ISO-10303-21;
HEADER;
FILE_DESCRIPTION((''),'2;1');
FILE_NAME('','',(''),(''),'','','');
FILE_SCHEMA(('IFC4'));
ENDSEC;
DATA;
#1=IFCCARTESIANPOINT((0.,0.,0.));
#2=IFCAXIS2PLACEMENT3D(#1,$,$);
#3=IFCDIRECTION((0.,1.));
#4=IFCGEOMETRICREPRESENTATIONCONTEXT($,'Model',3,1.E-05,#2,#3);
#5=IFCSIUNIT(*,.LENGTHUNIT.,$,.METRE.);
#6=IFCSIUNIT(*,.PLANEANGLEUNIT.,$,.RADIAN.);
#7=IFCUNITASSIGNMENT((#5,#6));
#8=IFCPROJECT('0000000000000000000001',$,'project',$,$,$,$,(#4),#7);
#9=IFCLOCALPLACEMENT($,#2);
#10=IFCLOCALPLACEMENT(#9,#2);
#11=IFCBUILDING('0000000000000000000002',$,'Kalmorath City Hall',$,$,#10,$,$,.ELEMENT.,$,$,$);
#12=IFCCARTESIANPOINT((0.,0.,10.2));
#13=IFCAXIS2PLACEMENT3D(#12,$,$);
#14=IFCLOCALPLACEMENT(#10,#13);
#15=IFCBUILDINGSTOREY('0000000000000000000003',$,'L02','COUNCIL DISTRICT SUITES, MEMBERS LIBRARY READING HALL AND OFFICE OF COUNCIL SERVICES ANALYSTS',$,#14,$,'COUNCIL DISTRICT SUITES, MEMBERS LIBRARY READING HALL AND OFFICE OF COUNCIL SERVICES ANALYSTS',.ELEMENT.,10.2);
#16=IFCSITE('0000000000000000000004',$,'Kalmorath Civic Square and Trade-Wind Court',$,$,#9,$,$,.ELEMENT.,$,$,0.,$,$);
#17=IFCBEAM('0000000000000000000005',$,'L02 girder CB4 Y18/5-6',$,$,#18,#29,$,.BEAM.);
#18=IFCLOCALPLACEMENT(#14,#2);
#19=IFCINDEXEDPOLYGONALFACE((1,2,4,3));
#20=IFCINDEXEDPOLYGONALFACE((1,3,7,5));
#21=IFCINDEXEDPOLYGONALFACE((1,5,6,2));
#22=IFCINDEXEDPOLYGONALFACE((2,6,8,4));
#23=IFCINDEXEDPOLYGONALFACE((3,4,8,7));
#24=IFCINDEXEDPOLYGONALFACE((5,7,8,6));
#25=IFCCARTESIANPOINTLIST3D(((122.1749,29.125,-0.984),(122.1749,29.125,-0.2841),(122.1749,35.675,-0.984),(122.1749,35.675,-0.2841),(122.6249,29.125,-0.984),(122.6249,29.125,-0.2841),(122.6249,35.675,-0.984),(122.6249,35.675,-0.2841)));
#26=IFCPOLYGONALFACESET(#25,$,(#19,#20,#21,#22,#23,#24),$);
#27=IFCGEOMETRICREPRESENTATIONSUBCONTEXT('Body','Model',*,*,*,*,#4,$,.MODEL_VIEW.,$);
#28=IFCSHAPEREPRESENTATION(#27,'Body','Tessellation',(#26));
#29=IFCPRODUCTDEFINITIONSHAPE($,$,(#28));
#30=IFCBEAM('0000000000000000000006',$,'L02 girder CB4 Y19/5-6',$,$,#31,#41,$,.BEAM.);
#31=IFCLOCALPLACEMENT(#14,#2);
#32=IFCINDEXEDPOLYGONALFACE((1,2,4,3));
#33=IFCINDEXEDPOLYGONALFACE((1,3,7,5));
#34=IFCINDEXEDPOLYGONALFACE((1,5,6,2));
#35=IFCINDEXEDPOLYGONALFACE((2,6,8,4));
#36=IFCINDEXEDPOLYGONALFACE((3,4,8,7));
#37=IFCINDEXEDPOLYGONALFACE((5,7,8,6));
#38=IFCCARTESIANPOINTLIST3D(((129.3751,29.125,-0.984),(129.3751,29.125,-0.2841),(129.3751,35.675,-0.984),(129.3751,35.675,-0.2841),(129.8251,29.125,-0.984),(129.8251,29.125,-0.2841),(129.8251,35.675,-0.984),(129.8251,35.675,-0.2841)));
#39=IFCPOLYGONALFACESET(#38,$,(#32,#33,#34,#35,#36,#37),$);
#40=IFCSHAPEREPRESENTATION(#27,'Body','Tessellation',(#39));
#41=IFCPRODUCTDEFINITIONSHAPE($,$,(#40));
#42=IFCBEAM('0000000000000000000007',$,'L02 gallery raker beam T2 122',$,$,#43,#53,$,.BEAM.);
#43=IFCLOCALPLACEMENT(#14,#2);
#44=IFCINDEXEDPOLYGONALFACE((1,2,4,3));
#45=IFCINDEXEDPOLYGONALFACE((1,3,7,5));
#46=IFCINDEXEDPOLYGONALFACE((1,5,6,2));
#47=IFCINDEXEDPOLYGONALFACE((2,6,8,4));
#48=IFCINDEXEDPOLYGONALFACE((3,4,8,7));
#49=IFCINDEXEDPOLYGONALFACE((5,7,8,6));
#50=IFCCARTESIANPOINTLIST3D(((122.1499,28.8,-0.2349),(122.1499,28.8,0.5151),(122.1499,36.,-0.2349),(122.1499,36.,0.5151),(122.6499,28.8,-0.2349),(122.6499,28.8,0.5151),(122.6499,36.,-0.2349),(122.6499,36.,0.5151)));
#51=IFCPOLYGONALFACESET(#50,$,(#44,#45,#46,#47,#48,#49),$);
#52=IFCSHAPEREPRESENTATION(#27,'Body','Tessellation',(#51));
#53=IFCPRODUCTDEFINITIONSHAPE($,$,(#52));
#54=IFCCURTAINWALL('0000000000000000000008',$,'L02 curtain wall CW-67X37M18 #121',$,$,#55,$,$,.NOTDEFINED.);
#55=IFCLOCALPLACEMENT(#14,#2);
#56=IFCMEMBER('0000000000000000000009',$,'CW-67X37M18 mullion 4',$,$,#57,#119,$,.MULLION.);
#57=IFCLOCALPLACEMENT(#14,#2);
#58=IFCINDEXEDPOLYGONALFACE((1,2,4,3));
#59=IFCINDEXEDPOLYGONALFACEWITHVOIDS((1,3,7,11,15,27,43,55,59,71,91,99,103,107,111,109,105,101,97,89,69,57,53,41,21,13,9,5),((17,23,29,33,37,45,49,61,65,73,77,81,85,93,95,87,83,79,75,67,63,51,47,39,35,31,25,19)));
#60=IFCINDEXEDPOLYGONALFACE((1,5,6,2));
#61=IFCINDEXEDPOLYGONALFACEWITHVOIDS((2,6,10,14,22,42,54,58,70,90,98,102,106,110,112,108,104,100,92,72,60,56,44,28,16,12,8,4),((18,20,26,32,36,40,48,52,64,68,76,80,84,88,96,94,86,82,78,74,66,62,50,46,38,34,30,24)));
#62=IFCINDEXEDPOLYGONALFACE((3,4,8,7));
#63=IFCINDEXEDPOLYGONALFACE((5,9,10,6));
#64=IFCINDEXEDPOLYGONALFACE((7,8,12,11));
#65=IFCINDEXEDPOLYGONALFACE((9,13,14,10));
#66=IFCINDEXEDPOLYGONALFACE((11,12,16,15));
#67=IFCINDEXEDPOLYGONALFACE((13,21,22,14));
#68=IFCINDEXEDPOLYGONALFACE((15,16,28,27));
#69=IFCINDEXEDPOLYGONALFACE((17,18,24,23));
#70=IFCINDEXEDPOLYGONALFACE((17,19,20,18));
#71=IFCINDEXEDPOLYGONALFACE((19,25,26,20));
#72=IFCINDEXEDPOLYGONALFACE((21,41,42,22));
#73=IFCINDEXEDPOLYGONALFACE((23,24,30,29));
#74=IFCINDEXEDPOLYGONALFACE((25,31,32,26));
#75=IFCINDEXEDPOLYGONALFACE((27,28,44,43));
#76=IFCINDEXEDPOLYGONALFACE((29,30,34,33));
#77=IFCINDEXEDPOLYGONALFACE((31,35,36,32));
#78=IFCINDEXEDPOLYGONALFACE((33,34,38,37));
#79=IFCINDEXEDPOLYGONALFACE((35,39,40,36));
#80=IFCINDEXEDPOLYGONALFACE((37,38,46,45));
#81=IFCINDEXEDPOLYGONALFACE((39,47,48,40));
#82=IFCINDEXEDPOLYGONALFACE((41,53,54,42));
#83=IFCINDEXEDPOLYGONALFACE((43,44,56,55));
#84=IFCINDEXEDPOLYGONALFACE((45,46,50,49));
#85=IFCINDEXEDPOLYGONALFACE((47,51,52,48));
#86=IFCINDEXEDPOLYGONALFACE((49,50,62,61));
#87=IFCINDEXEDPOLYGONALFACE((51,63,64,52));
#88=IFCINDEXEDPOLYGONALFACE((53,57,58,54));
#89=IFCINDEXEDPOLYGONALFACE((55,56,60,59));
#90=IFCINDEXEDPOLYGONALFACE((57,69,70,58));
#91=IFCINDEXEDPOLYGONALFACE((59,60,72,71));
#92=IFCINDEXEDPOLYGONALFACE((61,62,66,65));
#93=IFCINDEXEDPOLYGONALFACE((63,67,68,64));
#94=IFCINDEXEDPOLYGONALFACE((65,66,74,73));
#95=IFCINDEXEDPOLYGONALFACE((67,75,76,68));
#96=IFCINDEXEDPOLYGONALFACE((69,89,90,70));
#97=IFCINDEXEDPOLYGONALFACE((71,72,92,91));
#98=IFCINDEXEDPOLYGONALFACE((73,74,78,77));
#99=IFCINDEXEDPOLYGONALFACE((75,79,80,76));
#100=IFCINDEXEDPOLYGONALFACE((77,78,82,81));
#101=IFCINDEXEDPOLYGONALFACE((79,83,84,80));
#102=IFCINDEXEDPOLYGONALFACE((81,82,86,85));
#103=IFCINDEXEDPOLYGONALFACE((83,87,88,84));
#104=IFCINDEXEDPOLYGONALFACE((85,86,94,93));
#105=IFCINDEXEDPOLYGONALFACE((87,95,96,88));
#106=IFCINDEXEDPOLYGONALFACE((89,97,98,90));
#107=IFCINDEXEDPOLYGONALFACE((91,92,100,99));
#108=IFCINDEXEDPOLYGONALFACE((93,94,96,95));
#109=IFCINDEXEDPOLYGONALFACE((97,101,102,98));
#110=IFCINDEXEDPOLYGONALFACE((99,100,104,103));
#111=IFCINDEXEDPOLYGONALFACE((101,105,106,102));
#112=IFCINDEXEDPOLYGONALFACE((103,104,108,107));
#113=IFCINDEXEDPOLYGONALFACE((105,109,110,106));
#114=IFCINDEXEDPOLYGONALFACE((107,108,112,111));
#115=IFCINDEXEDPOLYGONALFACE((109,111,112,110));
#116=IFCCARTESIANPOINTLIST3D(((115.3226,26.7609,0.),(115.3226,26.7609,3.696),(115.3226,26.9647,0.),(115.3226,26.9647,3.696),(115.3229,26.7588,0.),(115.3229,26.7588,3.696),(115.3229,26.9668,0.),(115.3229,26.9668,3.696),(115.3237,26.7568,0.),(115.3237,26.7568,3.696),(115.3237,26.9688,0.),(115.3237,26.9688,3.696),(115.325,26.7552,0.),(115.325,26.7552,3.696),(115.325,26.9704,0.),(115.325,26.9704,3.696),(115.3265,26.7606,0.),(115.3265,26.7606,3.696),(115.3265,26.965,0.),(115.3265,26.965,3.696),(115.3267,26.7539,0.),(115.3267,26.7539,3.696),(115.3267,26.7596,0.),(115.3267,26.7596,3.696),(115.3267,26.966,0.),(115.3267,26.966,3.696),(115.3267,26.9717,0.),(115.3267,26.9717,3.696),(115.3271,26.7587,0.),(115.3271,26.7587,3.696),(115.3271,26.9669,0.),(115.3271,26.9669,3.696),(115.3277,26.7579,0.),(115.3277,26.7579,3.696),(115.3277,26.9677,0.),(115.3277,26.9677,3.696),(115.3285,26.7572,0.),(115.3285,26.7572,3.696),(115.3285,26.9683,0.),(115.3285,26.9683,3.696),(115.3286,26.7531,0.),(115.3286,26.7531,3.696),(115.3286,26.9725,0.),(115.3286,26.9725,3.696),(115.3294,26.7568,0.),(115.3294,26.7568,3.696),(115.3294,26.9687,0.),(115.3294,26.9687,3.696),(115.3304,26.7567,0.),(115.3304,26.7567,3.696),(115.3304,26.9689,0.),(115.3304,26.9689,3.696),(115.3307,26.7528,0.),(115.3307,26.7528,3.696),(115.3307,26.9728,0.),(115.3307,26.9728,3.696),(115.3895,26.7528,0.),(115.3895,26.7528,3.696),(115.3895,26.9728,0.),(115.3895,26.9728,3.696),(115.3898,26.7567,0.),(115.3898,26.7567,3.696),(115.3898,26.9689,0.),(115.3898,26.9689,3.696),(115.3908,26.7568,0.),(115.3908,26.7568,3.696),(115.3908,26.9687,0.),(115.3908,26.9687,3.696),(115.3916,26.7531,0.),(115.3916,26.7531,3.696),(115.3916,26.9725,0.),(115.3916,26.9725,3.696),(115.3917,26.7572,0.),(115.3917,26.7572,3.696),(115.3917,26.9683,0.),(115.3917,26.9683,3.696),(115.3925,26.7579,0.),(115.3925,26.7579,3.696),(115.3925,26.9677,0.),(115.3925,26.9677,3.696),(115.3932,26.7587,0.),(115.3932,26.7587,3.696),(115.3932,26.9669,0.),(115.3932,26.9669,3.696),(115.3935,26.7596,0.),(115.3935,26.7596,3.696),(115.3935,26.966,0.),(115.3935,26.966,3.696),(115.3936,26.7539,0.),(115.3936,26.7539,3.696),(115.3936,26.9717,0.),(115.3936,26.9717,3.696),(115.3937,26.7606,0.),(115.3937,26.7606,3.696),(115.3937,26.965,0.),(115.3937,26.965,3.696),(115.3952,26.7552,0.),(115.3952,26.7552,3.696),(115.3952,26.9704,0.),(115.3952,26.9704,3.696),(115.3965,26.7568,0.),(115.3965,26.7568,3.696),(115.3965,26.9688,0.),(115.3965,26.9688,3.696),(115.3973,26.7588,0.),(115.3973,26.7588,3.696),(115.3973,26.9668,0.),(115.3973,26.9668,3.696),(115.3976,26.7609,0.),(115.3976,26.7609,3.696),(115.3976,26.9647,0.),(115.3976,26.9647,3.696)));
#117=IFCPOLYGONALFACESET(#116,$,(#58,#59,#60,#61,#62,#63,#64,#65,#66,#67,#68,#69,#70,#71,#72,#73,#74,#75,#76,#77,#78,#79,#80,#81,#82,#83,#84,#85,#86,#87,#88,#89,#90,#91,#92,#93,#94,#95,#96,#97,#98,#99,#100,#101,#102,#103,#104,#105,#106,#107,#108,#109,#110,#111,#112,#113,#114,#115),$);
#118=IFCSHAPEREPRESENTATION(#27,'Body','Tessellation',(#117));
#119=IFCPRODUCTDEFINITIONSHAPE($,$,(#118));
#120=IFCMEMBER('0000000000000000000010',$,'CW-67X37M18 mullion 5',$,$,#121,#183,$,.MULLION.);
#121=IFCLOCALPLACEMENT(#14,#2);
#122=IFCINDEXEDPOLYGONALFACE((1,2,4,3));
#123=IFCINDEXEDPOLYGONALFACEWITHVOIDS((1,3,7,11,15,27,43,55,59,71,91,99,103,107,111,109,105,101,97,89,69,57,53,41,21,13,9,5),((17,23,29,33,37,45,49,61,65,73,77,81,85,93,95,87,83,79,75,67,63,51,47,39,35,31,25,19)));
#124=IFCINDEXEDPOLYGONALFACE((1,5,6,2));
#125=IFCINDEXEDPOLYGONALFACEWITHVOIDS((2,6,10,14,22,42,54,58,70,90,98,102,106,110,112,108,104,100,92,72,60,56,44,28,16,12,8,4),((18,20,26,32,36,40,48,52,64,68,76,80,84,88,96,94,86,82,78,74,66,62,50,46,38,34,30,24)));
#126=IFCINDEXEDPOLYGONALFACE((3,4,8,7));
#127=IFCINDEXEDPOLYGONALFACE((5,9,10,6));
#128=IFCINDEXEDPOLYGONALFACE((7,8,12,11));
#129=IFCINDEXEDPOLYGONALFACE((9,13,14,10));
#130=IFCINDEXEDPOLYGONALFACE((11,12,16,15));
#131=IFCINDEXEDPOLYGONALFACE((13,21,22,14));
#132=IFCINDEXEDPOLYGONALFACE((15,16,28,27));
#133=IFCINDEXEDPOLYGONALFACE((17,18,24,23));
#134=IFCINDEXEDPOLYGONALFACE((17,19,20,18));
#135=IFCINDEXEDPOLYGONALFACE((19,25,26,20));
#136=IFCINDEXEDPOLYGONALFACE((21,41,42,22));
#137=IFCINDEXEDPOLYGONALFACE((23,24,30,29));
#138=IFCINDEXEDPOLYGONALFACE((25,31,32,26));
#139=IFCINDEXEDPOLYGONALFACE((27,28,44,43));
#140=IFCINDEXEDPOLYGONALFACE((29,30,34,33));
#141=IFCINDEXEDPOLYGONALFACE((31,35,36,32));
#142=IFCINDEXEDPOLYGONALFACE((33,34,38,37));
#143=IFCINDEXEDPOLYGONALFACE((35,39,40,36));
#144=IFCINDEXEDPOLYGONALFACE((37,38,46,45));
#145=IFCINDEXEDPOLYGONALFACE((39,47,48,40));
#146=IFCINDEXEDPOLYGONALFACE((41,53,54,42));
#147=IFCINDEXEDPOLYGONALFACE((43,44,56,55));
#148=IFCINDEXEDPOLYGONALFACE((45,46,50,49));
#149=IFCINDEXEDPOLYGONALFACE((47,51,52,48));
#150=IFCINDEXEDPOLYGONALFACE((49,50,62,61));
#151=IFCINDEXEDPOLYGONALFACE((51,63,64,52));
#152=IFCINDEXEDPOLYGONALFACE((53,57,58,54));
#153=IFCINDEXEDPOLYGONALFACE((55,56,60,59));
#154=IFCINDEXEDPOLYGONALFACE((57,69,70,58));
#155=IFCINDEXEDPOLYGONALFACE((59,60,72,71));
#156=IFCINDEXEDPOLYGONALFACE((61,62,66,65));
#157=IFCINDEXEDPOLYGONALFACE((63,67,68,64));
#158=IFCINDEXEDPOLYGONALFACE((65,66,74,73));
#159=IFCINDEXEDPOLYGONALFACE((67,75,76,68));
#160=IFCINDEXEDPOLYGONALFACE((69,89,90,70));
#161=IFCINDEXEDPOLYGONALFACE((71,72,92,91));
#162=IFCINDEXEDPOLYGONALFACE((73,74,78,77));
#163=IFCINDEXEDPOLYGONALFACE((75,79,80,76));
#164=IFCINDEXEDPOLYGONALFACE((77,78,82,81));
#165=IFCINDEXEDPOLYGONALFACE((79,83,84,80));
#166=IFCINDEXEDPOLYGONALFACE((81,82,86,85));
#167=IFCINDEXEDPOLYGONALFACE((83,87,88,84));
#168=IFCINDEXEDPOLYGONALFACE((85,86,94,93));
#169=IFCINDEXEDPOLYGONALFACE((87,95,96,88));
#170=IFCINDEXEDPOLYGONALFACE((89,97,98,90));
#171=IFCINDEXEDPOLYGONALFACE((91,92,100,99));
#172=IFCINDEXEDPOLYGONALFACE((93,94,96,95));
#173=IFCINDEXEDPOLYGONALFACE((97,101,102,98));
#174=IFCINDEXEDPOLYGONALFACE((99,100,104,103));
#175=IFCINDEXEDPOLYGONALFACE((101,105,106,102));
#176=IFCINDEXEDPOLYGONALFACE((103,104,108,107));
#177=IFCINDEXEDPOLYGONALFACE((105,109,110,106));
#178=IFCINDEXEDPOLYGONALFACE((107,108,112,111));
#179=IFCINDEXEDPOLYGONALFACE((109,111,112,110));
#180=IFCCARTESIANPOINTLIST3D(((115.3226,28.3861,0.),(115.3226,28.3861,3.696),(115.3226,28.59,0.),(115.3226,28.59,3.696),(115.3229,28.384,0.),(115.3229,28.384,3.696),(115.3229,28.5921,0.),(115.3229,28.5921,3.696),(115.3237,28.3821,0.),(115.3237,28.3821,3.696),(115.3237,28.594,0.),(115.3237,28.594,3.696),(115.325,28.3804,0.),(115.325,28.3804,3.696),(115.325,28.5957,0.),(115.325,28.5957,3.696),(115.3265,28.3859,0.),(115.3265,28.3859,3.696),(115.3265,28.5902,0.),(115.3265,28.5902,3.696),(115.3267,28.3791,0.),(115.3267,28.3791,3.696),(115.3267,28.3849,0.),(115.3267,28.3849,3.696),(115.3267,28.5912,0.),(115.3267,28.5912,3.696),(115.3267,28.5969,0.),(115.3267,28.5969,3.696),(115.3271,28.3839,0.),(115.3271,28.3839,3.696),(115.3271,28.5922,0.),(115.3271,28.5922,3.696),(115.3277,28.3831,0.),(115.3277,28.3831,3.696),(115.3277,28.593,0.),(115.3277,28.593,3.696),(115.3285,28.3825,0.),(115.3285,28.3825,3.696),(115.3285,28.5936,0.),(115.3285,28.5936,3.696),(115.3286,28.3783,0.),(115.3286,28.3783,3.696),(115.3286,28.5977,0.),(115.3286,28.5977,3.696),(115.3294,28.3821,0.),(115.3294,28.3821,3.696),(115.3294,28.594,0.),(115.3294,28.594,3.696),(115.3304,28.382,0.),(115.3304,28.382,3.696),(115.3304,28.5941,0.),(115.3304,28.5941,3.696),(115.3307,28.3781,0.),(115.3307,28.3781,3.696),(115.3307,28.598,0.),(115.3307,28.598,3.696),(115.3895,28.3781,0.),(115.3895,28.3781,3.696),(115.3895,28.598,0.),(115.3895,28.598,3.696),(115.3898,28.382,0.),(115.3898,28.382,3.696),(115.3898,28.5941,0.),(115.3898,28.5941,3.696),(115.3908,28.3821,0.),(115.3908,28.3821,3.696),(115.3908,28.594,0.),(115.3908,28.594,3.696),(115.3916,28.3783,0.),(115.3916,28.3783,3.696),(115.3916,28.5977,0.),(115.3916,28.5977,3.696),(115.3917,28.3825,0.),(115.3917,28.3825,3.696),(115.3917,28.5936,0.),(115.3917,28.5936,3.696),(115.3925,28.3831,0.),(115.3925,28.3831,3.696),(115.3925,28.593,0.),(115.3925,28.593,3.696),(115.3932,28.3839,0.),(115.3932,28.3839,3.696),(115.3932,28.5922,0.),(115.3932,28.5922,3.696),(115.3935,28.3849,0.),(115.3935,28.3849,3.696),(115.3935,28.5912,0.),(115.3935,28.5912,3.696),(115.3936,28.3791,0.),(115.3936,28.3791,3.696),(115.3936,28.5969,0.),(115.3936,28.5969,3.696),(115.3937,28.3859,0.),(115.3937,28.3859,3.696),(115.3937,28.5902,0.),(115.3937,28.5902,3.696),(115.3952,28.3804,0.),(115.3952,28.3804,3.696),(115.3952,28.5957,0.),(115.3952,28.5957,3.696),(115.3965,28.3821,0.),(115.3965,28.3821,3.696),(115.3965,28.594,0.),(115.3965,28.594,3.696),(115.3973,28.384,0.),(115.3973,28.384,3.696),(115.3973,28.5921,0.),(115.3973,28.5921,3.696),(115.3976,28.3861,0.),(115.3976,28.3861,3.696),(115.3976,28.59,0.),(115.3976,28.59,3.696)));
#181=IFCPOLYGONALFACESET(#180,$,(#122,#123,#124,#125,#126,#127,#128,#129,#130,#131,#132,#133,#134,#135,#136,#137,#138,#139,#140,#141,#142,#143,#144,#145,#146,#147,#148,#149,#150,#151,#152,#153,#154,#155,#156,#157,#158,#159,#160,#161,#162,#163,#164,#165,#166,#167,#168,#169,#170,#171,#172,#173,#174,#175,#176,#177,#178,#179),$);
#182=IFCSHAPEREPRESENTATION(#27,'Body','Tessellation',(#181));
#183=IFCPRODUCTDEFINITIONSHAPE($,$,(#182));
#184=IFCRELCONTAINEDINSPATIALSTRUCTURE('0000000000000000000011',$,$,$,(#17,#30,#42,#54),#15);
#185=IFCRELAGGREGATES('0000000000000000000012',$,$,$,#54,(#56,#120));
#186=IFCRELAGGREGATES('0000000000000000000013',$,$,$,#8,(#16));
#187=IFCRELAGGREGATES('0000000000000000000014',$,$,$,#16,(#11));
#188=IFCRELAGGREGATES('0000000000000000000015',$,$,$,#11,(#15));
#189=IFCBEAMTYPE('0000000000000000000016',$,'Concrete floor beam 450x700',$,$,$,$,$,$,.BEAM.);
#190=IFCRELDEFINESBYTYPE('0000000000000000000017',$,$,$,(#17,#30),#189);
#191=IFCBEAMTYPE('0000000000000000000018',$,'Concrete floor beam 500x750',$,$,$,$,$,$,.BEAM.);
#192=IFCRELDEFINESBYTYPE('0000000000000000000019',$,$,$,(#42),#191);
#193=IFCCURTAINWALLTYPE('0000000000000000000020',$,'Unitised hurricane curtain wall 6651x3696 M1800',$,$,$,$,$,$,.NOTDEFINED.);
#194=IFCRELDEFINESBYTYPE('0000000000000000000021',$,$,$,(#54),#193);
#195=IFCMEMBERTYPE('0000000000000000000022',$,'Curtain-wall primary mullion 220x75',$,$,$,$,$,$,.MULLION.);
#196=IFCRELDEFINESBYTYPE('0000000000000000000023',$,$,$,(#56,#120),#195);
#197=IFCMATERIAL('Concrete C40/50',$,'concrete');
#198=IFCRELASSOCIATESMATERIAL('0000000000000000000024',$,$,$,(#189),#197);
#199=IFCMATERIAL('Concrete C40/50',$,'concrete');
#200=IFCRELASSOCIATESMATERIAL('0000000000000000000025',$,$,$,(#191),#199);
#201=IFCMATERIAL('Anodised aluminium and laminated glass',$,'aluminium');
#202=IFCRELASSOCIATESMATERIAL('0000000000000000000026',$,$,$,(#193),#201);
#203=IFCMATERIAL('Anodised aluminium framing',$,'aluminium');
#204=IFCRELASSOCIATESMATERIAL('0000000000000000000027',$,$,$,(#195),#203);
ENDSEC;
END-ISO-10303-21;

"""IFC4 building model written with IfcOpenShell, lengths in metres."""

from ifc_helpers import new_model, si_unit, direction, frame, origin, origin_2d, place, context, subcontext, project, spatial, rectangle, hollow_rectangle, extrude, material, material_profile, profile_set, type_object, element, aggregate, save


model = new_model("IFC4")

# Units and contexts
model_context = context("Model", 3, precision=1e-05, world=origin(), true_north=direction((0.0, 1.0)))
body_context = subcontext(model_context, "Body", "Model", "MODEL_VIEW")
ifc_project = project(units=[si_unit("LENGTHUNIT", "METRE"), si_unit("PLANEANGLEUNIT", "RADIAN")], contexts=[model_context])

# Site, building, storey
site_placement = place(None, origin())
site = spatial("IfcSite", under=ifc_project, at=site_placement, Name="Kalmorath Civic Square and Trade-Wind Court", CompositionType="ELEMENT", RefElevation=0.0)
building_placement = place(site_placement, origin())
building = spatial("IfcBuilding", under=site, at=building_placement, Name="Kalmorath City Hall", CompositionType="ELEMENT")
storey_placement = place(building_placement, frame((0.0, 0.0, 10.2)))
storey = spatial("IfcBuildingStorey", under=building, at=storey_placement, Name="L02", Description="COUNCIL DISTRICT SUITES, MEMBERS LIBRARY READING HALL AND OFFICE OF COUNCIL SERVICES ANALYSTS", LongName="COUNCIL DISTRICT SUITES, MEMBERS LIBRARY READING HALL AND OFFICE OF COUNCIL SERVICES ANALYSTS", CompositionType="ELEMENT", Elevation=10.2)

# Beams
ifc_material_1 = material(Name="Concrete C40/50", Category="concrete")
ifc_material_profile_1 = material_profile(ifc_material_1, rectangle(XDim=0.45, YDim=0.7, at=origin_2d()), Name="RC-BM-450X700")
ifc_profile_set_1 = profile_set([ifc_material_profile_1], Name="Concrete C40/50")
beam_type_1 = type_object("IfcBeamType", Name="Concrete floor beam 450x700", PredefinedType="BEAM", material=ifc_profile_set_1)
for number, where, z_axis, x_axis, name in (
    (1, (122.3999, 29.125, -0.634), (0.0, 1.0, 0.0), (-1.0, 0.0, 0.0), "L02 girder CB4 Y18/5-6"),
    (2, (129.6001, 29.125, -0.634), (0.0, 1.0, 0.0), (-1.0, 0.0, 0.0), "L02 girder CB4 Y19/5-6"),
):
    element("IfcBeam", number, at=place(storey_placement, frame(where, z_axis=z_axis, x_axis=x_axis)), inside=storey, type_object=beam_type_1, Name=name, PredefinedType="BEAM", context=body_context, shape_type="SweptSolid", body=[
        extrude(rectangle(XDim=0.45, YDim=0.7, at=origin_2d()), origin(), (0.0, 0.0, 1.0), 6.55),
    ])
ifc_material_2 = material(Name="Concrete C40/50", Category="concrete")
ifc_material_profile_2 = material_profile(ifc_material_2, rectangle(XDim=0.5, YDim=0.75, at=origin_2d()), Name="RC-BM-500X750")
ifc_profile_set_2 = profile_set([ifc_material_profile_2], Name="Concrete C40/50")
beam_type_2 = type_object("IfcBeamType", Name="Concrete floor beam 500x750", PredefinedType="BEAM", material=ifc_profile_set_2)
beam_1_placement = place(storey_placement, frame((122.3999, 28.8, 0.1401), z_axis=(0.0, 1.0, 0.0), x_axis=(-1.0, 0.0, 0.0)))
element("IfcBeam", 3, at=beam_1_placement, inside=storey, type_object=beam_type_2, Name="L02 gallery raker beam T2 122", PredefinedType="BEAM", context=body_context, shape_type="SweptSolid", body=[
    extrude(rectangle(XDim=0.5, YDim=0.75, at=origin_2d()), origin(), (0.0, 0.0, 1.0), 7.2),
])

# Curtain wall, members
ifc_material_3 = material(Name="Anodised aluminium and laminated glass", Category="aluminium")
curtain_wall_type_1 = type_object("IfcCurtainWallType", Name="Unitised hurricane curtain wall 6651x3696 M1800", PredefinedType="NOTDEFINED", material=ifc_material_3)
curtain_wall_1_placement = place(storey_placement, origin())
curtain_wall_1 = element("IfcCurtainWall", 4, at=curtain_wall_1_placement, inside=storey, type_object=curtain_wall_type_1, Name="L02 curtain wall CW-67X37M18 #121", PredefinedType="NOTDEFINED")
ifc_material_4 = material(Name="Anodised aluminium framing", Category="aluminium")
ifc_material_profile_3 = material_profile(ifc_material_4, hollow_rectangle(XDim=0.075, YDim=0.22, WallThickness=0.0039, InnerFilletRadius=0.0039, OuterFilletRadius=0.0081, at=origin_2d()), Name="ALU-MUL-220X75X4")
ifc_profile_set_3 = profile_set([ifc_material_profile_3], Name="Anodised aluminium framing")
member_type_1 = type_object("IfcMemberType", Name="Curtain-wall primary mullion 220x75", PredefinedType="MULLION", material=ifc_profile_set_3)
member_1_placement = place(storey_placement, frame((115.3601, 26.8628, 0.0), z_axis=(0.0, 0.0, 1.0), x_axis=(-1.0, 0.0, 0.0)))
member_1 = element("IfcMember", 5, at=member_1_placement, type_object=member_type_1, Name="CW-67X37M18 mullion 4", PredefinedType="MULLION", context=body_context, shape_type="SweptSolid", body=[
    extrude(hollow_rectangle(XDim=0.075, YDim=0.22, WallThickness=0.0039, InnerFilletRadius=0.0039, OuterFilletRadius=0.0081, at=origin_2d()), origin(), (0.0, 0.0, 1.0), 3.696),
])
member_2_placement = place(storey_placement, frame((115.3601, 28.488, 0.0), z_axis=(0.0, 0.0, 1.0), x_axis=(-1.0, 0.0, 0.0)))
member_2 = element("IfcMember", 6, at=member_2_placement, type_object=member_type_1, Name="CW-67X37M18 mullion 5", PredefinedType="MULLION", context=body_context, shape_type="SweptSolid", body=[
    extrude(hollow_rectangle(XDim=0.075, YDim=0.22, WallThickness=0.0039, InnerFilletRadius=0.0039, OuterFilletRadius=0.0081, at=origin_2d()), origin(), (0.0, 0.0, 1.0), 3.696),
])

aggregate(curtain_wall_1, [member_1, member_2])

save(model, "model.ifc")
